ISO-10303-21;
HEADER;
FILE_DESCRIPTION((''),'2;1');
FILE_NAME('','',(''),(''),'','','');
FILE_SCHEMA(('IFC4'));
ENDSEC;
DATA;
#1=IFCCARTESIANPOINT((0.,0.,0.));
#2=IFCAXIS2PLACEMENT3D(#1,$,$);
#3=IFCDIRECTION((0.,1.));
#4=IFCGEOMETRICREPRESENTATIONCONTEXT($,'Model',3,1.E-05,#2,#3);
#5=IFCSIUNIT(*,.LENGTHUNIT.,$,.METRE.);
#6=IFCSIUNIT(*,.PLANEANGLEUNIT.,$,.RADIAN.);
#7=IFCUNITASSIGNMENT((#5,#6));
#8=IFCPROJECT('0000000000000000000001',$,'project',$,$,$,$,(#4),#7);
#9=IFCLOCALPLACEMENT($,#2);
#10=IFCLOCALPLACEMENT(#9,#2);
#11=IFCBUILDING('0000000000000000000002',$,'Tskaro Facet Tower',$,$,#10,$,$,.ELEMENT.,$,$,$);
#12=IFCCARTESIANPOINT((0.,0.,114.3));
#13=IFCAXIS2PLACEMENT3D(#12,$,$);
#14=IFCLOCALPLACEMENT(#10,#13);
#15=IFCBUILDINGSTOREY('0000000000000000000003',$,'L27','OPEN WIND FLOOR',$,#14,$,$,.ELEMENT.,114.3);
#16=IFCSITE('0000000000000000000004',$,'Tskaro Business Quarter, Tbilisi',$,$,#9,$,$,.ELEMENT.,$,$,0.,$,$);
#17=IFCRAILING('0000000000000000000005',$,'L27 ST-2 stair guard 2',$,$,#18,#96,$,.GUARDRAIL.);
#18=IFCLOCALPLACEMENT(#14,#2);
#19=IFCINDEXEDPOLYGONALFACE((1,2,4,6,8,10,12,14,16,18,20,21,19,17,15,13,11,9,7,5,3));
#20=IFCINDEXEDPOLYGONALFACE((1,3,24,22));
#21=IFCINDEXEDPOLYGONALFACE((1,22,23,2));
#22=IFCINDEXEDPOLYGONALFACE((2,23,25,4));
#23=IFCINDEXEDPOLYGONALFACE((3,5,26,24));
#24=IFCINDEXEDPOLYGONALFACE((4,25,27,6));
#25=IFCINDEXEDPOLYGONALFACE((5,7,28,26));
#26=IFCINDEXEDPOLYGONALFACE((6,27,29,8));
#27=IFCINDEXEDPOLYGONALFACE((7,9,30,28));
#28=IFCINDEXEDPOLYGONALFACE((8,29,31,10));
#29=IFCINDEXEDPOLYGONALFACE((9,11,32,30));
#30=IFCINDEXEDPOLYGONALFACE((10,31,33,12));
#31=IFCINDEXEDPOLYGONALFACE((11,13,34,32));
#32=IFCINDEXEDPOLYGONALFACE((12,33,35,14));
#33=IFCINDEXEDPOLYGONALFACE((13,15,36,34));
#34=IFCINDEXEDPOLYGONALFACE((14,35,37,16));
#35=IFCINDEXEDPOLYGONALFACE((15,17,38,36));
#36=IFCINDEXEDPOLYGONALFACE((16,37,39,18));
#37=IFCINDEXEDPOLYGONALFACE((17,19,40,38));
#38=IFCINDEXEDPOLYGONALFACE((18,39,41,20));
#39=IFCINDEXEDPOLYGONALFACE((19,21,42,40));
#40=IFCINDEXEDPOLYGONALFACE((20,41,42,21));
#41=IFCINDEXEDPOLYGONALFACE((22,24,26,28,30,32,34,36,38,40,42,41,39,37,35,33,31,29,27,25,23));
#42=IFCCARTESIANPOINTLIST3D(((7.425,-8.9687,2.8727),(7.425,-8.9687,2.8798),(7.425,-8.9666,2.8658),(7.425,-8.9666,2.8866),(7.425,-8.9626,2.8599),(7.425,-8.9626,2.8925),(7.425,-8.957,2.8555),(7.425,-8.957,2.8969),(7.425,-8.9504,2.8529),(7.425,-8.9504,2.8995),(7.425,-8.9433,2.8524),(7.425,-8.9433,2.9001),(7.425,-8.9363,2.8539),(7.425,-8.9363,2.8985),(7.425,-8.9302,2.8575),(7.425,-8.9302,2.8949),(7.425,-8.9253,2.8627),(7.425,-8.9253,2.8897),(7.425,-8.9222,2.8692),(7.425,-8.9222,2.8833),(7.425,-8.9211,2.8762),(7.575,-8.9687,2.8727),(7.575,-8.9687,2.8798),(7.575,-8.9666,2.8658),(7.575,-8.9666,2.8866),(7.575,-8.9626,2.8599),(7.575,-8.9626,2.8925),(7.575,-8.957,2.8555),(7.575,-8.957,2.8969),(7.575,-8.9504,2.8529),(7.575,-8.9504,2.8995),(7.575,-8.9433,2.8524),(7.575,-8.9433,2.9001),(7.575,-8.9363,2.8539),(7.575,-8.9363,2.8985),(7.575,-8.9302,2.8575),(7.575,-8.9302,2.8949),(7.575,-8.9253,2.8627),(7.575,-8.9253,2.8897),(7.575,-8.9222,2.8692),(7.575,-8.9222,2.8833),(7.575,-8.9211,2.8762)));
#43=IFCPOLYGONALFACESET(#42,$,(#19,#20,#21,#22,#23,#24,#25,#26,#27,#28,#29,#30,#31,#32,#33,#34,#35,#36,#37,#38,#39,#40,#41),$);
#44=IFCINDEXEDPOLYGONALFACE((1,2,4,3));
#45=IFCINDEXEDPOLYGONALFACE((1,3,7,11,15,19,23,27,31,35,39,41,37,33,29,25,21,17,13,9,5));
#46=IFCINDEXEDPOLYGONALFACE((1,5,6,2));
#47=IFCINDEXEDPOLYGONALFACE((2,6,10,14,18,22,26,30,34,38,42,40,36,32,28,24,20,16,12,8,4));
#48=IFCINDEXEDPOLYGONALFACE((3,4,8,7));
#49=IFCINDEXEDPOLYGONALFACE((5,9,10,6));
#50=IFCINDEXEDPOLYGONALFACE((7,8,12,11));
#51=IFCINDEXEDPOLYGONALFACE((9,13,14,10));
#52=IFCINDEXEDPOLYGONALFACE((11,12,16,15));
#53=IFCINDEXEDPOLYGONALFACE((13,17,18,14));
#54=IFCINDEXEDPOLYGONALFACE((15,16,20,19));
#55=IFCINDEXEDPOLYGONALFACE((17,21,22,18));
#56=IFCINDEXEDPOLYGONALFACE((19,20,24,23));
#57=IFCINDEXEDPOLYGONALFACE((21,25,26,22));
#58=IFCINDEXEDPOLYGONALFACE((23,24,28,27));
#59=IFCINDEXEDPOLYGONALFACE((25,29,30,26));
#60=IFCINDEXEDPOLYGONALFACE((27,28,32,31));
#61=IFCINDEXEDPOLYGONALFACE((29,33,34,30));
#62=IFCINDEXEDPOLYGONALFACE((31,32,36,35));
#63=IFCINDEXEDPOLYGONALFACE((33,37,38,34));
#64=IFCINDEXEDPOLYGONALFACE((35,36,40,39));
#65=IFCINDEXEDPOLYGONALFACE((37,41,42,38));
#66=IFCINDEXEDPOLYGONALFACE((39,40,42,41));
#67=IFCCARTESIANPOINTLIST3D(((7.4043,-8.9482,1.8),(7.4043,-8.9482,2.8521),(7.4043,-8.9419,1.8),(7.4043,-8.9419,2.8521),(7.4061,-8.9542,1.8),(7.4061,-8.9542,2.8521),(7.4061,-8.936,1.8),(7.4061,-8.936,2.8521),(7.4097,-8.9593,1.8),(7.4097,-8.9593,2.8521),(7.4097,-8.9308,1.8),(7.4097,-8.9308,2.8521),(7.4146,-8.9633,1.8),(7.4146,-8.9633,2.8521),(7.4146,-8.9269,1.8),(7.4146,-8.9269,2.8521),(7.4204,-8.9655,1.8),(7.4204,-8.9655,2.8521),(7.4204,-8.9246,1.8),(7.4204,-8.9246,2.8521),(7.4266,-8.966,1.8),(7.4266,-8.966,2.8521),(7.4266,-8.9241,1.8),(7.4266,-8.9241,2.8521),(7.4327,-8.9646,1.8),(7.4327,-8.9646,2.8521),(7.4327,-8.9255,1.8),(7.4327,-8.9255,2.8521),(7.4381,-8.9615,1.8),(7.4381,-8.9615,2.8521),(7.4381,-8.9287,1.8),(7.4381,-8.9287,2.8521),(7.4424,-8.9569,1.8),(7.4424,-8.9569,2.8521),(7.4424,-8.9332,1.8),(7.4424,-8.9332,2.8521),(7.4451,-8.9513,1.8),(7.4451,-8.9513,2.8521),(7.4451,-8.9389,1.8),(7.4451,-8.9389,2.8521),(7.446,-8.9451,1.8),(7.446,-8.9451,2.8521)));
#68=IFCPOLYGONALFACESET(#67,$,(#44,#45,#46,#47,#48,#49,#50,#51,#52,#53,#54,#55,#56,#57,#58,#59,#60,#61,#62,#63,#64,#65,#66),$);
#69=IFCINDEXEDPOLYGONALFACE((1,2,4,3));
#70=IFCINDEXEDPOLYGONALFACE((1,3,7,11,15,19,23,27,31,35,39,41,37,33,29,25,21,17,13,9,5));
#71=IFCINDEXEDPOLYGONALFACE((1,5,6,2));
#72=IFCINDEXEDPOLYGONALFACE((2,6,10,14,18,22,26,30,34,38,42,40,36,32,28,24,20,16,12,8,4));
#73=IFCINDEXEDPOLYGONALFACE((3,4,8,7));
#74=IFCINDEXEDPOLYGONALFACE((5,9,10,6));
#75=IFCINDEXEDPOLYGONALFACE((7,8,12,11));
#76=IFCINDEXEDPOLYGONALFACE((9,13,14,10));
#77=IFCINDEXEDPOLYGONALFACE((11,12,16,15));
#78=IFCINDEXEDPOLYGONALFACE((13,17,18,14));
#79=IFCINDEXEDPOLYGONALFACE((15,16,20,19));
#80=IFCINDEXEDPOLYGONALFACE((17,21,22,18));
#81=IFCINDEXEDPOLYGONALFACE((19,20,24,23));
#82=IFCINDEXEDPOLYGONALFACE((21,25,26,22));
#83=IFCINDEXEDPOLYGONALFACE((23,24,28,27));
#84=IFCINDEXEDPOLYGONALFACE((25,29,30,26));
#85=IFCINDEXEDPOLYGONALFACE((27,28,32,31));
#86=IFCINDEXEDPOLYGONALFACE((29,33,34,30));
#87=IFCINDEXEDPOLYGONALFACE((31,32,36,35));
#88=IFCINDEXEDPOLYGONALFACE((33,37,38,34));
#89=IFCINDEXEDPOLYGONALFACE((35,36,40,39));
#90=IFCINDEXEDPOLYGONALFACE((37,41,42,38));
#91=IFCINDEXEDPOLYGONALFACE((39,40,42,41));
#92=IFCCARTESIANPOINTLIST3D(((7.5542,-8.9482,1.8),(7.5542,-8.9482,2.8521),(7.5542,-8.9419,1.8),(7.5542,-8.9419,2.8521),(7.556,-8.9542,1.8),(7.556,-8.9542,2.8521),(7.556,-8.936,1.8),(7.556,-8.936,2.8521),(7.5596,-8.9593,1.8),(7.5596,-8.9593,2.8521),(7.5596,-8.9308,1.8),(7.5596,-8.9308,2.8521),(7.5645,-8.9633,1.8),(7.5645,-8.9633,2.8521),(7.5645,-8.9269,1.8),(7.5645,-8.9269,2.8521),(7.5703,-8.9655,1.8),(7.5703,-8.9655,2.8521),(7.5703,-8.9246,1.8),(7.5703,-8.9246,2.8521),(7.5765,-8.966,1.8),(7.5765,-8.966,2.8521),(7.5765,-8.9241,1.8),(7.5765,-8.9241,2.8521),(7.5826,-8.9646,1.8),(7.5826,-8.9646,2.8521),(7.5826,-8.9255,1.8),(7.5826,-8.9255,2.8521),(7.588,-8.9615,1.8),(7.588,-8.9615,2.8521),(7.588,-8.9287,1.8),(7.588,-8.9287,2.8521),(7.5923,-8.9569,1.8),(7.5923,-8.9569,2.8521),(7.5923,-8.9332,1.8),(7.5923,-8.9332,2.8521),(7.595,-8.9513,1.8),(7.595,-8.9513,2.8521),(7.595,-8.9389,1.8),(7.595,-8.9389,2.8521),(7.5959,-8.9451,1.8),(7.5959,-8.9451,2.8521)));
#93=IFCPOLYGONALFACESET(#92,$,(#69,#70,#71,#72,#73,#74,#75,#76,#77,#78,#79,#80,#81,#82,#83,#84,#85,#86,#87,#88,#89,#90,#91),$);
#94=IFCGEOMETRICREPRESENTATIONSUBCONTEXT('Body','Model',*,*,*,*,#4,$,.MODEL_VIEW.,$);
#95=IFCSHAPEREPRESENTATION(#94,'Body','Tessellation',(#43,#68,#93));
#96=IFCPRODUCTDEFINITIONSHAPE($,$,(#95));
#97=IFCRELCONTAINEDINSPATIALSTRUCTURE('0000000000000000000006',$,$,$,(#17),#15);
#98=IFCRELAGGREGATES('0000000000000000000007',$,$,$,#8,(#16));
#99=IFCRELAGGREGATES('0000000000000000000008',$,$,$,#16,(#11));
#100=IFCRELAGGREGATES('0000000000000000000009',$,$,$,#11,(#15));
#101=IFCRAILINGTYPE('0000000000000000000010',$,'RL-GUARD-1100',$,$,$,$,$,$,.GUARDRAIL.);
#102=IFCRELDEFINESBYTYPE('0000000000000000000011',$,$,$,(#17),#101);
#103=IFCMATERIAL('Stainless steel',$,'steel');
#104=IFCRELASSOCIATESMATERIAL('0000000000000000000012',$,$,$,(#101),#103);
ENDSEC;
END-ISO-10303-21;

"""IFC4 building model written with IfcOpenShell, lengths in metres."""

from ifc_helpers import new_model, si_unit, direction, frame, origin, origin_2d, place, context, subcontext, project, spatial, circle, extrude, material, type_object, element, save


model = new_model("IFC4")

# Units and contexts
model_context = context("Model", 3, precision=1e-05, world=origin(), true_north=direction((0.0, 1.0)))
body_context = subcontext(model_context, "Body", "Model", "MODEL_VIEW")
ifc_project = project(units=[si_unit("LENGTHUNIT", "METRE"), si_unit("PLANEANGLEUNIT", "RADIAN")], contexts=[model_context])

# Site, building, storey
site_placement = place(None, origin())
site = spatial("IfcSite", under=ifc_project, at=site_placement, Name="Tskaro Business Quarter, Tbilisi", CompositionType="ELEMENT", RefElevation=0.0)
building_placement = place(site_placement, origin())
building = spatial("IfcBuilding", under=site, at=building_placement, Name="Tskaro Facet Tower", CompositionType="ELEMENT")
storey_placement = place(building_placement, frame((0.0, 0.0, 114.3)))
storey = spatial("IfcBuildingStorey", under=building, at=storey_placement, Name="L27", Description="OPEN WIND FLOOR", CompositionType="ELEMENT", Elevation=114.3)

# Railing
ifc_material_1 = material(Name="Stainless steel", Category="steel")
railing_type_1 = type_object("IfcRailingType", Name="RL-GUARD-1100", PredefinedType="GUARDRAIL", material=ifc_material_1)
railing_1_placement = place(storey_placement, frame((7.425, -8.9451, 1.8)))
element("IfcRailing", 1, at=railing_1_placement, inside=storey, type_object=railing_type_1, Name="L27 ST-2 stair guard 2", PredefinedType="GUARDRAIL", context=body_context, shape_type="SweptSolid", body=[
    extrude(circle(Radius=0.0239, at=origin_2d()), frame((0.0, 0.0, 1.0762), z_axis=(1.0, 0.0, 0.0), x_axis=(0.0, 1.0, 0.0)), (0.0, 0.0, 1.0), 0.1499),
    extrude(circle(Radius=0.021, at=origin_2d()), origin(), (0.0, 0.0, 1.0), 1.052),
    extrude(circle(Radius=0.021, at=origin_2d()), frame((0.1499, 0.0, 0.0)), (0.0, 0.0, 1.0), 1.052),
])

save(model, "model.ifc")
